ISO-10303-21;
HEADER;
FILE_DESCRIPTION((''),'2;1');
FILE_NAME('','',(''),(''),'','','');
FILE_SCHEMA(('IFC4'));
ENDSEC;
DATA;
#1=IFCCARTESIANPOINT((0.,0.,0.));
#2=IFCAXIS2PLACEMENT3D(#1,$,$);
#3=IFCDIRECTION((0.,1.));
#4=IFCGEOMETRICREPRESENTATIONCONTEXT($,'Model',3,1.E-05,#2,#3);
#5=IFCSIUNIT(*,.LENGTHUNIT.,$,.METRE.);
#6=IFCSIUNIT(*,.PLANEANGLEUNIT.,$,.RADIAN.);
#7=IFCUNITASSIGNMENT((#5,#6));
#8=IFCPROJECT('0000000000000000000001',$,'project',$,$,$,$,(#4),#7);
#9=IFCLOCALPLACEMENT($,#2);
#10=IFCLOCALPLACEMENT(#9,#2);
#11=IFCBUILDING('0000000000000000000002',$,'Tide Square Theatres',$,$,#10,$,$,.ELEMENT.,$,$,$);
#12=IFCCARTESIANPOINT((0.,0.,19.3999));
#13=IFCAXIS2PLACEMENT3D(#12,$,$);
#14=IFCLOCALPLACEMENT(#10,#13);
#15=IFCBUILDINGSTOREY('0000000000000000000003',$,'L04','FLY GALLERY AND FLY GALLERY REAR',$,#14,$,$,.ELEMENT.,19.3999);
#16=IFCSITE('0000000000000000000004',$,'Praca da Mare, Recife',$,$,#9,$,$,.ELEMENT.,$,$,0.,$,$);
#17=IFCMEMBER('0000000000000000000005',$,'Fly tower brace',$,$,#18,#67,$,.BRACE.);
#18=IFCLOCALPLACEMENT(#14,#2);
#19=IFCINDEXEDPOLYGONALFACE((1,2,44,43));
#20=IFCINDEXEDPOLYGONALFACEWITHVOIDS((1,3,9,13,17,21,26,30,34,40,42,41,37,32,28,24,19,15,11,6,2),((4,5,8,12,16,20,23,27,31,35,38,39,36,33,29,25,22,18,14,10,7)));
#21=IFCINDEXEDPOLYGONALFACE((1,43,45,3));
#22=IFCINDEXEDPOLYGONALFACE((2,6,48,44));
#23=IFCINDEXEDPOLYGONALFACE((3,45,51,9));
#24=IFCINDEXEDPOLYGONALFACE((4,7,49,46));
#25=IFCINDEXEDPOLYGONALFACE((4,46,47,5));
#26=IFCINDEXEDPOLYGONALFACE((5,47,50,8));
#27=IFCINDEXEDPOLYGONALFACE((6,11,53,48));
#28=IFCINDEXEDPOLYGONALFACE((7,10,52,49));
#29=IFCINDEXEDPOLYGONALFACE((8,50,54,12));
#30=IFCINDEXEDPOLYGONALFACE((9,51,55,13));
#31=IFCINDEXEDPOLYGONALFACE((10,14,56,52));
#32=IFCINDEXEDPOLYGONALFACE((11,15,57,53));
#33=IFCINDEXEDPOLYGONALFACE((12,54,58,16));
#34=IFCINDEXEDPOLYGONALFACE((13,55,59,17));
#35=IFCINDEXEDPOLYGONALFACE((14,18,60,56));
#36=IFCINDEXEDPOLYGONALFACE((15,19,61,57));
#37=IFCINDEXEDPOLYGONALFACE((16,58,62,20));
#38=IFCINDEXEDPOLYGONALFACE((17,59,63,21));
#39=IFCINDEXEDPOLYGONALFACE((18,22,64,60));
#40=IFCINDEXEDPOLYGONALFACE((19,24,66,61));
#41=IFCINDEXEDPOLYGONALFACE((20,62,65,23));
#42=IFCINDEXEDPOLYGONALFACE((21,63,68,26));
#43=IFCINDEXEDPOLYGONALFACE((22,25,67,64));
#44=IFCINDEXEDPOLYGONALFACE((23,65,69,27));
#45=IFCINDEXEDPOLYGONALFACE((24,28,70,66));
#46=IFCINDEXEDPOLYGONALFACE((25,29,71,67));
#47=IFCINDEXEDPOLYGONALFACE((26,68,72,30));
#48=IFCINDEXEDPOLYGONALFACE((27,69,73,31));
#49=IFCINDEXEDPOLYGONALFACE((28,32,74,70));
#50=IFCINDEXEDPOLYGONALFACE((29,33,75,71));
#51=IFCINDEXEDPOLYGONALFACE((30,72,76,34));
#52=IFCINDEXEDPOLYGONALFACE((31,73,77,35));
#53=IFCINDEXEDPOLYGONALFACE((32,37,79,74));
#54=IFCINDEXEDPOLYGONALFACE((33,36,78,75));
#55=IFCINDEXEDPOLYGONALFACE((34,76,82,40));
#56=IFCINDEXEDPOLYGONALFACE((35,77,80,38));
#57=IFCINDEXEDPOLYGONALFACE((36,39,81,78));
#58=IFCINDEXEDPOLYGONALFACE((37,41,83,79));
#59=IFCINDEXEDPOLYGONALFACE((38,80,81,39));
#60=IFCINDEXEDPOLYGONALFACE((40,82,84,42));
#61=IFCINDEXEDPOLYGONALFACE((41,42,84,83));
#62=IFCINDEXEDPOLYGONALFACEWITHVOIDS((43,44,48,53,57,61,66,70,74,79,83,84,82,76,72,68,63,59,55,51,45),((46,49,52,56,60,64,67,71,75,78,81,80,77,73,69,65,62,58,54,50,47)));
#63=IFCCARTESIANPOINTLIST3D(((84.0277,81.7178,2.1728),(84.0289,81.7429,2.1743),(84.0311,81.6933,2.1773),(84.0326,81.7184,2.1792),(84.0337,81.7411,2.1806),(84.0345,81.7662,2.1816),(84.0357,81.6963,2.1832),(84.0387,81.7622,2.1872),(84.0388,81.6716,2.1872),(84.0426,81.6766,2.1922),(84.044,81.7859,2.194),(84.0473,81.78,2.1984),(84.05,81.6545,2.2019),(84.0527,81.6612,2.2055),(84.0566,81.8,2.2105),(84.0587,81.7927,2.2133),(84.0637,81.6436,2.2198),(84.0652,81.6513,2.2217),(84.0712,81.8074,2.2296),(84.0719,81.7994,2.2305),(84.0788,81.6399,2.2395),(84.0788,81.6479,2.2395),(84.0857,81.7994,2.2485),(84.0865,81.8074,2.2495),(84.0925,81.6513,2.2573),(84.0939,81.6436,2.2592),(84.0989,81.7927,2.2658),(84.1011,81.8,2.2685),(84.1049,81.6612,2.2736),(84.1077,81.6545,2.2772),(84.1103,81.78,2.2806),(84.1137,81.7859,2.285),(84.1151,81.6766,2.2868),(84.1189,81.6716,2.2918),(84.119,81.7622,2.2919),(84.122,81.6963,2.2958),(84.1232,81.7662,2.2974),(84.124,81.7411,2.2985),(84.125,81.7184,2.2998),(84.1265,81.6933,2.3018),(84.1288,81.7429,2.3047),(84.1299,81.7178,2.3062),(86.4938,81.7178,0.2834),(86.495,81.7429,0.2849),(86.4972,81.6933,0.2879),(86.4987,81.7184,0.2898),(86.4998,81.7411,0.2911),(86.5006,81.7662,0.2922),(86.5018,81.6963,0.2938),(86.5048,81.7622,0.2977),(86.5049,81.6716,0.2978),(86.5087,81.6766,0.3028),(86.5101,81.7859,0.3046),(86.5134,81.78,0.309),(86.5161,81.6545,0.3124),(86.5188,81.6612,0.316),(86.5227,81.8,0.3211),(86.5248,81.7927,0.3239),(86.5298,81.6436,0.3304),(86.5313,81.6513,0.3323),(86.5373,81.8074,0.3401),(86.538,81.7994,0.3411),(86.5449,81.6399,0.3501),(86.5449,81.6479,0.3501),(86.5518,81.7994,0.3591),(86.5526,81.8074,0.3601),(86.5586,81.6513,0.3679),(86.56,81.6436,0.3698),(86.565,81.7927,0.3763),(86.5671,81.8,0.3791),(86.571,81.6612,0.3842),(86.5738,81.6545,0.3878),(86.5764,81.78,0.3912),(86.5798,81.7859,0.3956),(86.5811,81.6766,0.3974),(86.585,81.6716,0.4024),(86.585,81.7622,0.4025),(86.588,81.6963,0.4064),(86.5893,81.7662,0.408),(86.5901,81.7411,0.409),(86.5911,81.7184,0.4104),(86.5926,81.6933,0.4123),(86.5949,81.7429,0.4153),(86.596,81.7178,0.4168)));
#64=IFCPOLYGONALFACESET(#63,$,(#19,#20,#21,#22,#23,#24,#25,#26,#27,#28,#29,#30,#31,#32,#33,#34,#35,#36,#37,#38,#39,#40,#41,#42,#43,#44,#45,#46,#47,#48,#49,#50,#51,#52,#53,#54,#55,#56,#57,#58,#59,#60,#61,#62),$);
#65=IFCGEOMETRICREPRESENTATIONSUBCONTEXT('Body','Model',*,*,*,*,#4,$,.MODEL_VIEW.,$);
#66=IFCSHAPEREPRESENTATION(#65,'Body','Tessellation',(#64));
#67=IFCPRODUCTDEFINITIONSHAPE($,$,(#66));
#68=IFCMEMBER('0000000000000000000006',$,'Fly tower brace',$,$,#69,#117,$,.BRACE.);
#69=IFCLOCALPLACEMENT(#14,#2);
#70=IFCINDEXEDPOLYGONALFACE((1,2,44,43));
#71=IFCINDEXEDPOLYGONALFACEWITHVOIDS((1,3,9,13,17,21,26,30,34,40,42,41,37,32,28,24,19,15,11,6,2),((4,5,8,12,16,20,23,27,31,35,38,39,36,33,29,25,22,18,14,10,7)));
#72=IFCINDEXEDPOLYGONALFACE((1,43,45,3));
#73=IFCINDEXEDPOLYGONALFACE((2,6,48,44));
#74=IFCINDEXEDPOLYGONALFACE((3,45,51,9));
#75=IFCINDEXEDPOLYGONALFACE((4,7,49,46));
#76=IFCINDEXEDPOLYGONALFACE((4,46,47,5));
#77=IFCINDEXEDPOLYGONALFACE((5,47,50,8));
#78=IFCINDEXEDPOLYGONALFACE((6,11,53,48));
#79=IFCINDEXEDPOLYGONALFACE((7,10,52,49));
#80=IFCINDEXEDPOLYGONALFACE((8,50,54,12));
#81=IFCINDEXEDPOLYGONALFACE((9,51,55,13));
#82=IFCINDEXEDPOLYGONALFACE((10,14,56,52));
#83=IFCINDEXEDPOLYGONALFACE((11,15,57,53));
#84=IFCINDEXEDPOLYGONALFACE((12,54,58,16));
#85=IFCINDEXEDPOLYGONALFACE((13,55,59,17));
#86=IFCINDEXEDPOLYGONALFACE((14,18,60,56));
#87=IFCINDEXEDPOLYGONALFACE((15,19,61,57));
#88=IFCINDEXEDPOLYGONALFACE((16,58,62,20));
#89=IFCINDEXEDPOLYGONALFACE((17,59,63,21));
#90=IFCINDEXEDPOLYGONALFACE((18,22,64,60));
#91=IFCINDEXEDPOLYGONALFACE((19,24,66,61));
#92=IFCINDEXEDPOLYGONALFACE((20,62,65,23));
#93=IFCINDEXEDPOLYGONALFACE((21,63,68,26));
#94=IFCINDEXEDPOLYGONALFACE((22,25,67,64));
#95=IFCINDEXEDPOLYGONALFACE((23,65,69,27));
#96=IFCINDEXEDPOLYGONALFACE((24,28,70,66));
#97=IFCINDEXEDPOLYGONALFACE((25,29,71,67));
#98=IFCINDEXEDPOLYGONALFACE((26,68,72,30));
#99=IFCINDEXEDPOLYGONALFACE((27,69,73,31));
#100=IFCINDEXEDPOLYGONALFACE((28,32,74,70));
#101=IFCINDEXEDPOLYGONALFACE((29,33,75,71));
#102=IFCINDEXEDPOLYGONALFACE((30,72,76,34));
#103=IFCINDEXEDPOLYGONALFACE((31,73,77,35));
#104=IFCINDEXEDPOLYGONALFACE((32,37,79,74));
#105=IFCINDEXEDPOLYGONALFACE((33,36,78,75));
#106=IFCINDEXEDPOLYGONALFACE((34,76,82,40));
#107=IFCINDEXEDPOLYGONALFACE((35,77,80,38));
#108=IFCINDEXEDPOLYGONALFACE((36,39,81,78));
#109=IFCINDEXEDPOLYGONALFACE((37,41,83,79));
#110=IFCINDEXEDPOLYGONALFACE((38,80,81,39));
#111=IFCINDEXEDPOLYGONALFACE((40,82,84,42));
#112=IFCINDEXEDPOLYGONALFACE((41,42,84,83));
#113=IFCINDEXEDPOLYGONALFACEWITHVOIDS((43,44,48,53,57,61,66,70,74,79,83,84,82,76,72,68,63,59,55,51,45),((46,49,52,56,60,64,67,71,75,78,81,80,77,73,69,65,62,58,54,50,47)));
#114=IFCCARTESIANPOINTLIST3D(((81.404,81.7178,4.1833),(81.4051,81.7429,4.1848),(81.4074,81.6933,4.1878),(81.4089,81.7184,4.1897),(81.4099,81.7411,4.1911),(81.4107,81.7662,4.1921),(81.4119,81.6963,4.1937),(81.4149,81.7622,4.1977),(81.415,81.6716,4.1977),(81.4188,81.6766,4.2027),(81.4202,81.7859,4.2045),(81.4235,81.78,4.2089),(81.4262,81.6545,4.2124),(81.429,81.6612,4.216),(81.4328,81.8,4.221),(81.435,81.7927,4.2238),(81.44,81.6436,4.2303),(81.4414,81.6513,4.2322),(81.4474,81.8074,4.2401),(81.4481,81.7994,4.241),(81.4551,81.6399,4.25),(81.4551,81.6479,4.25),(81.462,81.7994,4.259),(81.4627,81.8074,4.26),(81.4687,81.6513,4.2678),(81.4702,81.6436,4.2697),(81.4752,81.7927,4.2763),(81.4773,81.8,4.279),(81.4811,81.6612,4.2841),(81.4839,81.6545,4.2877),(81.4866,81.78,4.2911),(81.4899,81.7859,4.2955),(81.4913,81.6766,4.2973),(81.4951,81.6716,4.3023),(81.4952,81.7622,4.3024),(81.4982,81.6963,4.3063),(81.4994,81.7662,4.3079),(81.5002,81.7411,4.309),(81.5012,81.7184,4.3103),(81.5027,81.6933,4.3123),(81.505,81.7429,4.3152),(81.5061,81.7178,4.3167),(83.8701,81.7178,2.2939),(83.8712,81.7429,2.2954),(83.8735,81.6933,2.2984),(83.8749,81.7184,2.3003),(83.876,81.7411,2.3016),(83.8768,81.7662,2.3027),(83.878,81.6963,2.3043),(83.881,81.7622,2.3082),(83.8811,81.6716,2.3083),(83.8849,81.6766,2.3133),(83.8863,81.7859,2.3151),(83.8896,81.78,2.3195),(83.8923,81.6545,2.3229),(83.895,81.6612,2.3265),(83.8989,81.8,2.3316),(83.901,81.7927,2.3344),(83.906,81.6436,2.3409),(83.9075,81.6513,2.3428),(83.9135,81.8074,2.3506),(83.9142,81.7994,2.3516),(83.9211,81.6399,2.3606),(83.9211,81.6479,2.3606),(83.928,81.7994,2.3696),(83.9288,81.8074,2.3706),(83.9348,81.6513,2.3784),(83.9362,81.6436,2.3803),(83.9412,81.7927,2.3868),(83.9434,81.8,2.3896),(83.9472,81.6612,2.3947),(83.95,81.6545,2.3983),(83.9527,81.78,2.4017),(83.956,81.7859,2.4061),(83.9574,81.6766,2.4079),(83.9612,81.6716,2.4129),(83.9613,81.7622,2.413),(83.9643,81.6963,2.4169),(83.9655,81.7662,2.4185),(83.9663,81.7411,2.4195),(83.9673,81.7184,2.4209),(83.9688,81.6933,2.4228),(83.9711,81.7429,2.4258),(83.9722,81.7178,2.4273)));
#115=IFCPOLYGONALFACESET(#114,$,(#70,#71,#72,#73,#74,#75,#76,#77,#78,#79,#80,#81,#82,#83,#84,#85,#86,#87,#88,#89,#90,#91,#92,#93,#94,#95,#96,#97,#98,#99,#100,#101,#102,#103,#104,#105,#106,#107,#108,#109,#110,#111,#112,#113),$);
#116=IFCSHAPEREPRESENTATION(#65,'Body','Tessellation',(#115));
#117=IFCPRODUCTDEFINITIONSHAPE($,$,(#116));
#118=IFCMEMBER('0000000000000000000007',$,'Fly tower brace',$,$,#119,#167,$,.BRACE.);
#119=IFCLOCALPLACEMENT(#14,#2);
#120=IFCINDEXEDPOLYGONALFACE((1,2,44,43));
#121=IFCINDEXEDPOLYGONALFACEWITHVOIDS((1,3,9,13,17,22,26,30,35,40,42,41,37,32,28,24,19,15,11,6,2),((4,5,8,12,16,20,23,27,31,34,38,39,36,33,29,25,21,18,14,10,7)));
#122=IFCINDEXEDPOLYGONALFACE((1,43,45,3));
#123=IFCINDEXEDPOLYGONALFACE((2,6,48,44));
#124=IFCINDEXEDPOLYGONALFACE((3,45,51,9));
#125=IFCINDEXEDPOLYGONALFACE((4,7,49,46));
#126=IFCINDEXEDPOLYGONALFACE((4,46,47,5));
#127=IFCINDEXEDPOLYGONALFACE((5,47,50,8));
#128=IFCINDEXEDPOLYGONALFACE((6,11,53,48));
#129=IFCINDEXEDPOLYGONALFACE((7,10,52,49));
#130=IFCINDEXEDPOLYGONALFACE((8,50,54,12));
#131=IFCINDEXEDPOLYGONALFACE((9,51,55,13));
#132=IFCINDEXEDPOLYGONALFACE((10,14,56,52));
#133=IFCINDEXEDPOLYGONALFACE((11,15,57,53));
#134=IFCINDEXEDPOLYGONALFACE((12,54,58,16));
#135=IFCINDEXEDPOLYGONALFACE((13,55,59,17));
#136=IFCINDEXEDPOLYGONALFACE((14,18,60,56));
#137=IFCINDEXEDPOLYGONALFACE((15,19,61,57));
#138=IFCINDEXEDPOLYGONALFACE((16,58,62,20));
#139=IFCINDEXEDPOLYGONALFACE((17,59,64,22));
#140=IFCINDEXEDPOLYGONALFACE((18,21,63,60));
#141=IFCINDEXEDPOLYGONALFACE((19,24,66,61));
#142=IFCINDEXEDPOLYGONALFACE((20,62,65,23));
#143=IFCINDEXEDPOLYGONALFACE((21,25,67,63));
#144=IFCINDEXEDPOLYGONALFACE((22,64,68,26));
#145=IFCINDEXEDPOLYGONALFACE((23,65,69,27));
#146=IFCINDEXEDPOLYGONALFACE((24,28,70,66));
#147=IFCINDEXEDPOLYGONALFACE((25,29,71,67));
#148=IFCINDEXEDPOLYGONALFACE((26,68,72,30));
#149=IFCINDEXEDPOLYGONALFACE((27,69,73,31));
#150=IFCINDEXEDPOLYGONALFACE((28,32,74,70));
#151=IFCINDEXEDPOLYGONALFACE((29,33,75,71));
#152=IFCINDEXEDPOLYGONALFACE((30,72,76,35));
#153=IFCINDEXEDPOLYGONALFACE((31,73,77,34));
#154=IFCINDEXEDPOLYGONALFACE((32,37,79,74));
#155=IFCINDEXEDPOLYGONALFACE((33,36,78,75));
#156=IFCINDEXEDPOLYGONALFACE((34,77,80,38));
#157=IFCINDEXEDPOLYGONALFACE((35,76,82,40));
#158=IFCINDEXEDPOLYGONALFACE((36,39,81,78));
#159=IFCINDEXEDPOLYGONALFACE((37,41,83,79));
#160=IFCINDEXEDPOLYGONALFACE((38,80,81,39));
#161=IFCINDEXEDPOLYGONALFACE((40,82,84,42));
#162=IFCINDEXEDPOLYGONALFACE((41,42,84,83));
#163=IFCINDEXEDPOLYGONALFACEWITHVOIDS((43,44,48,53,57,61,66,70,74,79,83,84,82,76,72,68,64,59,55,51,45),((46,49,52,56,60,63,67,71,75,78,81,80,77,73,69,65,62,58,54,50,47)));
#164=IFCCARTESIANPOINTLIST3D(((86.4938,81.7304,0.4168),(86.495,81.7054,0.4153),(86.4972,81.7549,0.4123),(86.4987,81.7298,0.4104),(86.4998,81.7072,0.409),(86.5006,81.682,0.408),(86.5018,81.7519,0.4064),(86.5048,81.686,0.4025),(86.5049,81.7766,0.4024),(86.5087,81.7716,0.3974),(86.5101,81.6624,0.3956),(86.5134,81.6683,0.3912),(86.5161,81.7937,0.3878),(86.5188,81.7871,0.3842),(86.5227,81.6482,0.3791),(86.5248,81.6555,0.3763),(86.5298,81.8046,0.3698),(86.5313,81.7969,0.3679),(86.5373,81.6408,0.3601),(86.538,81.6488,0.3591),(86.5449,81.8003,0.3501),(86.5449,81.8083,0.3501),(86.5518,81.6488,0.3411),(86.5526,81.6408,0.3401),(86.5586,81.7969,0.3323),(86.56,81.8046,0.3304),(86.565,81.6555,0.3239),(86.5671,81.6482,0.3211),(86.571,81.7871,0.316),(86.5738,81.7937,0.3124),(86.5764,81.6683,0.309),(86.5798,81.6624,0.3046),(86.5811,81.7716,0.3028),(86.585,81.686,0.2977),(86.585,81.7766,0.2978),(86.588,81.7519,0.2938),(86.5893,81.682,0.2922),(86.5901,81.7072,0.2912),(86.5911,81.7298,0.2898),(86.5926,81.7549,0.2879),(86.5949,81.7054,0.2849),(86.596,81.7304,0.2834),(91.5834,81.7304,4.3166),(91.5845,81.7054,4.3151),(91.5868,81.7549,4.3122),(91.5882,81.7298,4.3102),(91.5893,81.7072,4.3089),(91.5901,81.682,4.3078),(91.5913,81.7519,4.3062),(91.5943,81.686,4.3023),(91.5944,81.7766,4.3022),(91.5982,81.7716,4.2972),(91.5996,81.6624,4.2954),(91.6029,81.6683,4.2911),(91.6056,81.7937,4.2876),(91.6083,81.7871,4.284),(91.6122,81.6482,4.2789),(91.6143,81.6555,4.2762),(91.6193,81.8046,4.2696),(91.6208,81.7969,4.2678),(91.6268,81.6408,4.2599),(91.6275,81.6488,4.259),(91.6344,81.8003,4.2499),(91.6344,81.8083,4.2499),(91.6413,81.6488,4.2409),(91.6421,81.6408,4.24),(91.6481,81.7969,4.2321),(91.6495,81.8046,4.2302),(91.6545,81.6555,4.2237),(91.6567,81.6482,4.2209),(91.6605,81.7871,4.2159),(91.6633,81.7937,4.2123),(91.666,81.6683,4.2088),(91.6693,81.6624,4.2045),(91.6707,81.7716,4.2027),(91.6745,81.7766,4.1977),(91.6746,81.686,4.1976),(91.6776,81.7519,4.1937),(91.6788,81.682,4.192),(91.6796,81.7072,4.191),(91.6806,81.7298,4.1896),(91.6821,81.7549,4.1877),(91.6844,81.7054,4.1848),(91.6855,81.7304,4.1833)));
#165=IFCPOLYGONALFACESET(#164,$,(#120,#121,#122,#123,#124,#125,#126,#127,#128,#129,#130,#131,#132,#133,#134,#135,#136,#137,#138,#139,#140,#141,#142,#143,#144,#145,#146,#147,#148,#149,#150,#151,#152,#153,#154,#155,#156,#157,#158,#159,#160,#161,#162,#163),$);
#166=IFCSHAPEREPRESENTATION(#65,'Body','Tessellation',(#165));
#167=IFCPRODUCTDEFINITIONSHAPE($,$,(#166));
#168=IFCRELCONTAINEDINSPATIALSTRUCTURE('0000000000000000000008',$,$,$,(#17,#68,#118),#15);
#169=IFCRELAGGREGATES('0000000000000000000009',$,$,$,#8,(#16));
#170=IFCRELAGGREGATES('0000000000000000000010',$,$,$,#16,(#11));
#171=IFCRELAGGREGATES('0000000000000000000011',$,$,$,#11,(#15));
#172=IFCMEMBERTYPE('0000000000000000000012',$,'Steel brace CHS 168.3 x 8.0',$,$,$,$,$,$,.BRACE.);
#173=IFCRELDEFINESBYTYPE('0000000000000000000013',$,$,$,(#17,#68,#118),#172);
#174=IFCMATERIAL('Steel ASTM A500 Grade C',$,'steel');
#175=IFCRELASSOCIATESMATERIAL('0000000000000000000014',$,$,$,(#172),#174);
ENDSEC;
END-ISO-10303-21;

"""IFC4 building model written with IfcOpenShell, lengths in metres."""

from ifc_helpers import new_model, si_unit, direction, frame, origin, origin_2d, place, context, subcontext, project, spatial, hollow_circle, extrude, material, material_profile, profile_set, type_object, element, save


model = new_model("IFC4")

# Units and contexts
model_context = context("Model", 3, precision=1e-05, world=origin(), true_north=direction((0.0, 1.0)))
body_context = subcontext(model_context, "Body", "Model", "MODEL_VIEW")
ifc_project = project(units=[si_unit("LENGTHUNIT", "METRE"), si_unit("PLANEANGLEUNIT", "RADIAN")], contexts=[model_context])

# Site, building, storey
site_placement = place(None, origin())
site = spatial("IfcSite", under=ifc_project, at=site_placement, Name="Praca da Mare, Recife", CompositionType="ELEMENT", RefElevation=0.0)
building_placement = place(site_placement, origin())
building = spatial("IfcBuilding", under=site, at=building_placement, Name="Tide Square Theatres", CompositionType="ELEMENT")
storey_placement = place(building_placement, frame((0.0, 0.0, 19.3999)))
storey = spatial("IfcBuildingStorey", under=building, at=storey_placement, Name="L04", Description="FLY GALLERY AND FLY GALLERY REAR", CompositionType="ELEMENT", Elevation=19.3999)

# Members
ifc_material_1 = material(Name="Steel ASTM A500 Grade C", Category="steel")
ifc_material_profile_1 = material_profile(ifc_material_1, hollow_circle(Radius=0.0842, WallThickness=0.0081, at=origin_2d()))
ifc_profile_set_1 = profile_set([ifc_material_profile_1], Name="Steel ASTM A500 Grade C")
member_type = type_object("IfcMemberType", Name="Steel brace CHS 168.3 x 8.0", PredefinedType="BRACE", material=ifc_profile_set_1)
for number, where, z_axis, x_axis, name in (
    (1, (86.5449, 81.7241, 0.3501), (-0.7938, 0.0, 0.608179), (0.0, -1.0, 0.0), "Fly tower brace"),
    (2, (83.9211, 81.7241, 2.3606), (-0.7938, 0.0, 0.608179), (0.0, -1.0, 0.0), "Fly tower brace"),
):
    element("IfcMember", number, at=place(storey_placement, frame(where, z_axis=z_axis, x_axis=x_axis)), inside=storey, type_object=member_type, Name=name, PredefinedType="BRACE", context=body_context, shape_type="SweptSolid", body=[
        extrude(hollow_circle(Radius=0.0842, WallThickness=0.0081, at=origin_2d()), origin(), (0.0, 0.0, 1.0), 3.1067),
    ])
member_1_placement = place(storey_placement, frame((86.5449, 81.7241, 0.3501), z_axis=(0.793766, 0.0, 0.608223), x_axis=(0.0, 1.0, 0.0)))
element("IfcMember", 3, at=member_1_placement, inside=storey, type_object=member_type, Name="Fly tower brace", PredefinedType="BRACE", context=body_context, shape_type="SweptSolid", body=[
    extrude(hollow_circle(Radius=0.0842, WallThickness=0.0081, at=origin_2d()), origin(), (0.0, 0.0, 1.0), 6.4119),
])

save(model, "model.ifc")
